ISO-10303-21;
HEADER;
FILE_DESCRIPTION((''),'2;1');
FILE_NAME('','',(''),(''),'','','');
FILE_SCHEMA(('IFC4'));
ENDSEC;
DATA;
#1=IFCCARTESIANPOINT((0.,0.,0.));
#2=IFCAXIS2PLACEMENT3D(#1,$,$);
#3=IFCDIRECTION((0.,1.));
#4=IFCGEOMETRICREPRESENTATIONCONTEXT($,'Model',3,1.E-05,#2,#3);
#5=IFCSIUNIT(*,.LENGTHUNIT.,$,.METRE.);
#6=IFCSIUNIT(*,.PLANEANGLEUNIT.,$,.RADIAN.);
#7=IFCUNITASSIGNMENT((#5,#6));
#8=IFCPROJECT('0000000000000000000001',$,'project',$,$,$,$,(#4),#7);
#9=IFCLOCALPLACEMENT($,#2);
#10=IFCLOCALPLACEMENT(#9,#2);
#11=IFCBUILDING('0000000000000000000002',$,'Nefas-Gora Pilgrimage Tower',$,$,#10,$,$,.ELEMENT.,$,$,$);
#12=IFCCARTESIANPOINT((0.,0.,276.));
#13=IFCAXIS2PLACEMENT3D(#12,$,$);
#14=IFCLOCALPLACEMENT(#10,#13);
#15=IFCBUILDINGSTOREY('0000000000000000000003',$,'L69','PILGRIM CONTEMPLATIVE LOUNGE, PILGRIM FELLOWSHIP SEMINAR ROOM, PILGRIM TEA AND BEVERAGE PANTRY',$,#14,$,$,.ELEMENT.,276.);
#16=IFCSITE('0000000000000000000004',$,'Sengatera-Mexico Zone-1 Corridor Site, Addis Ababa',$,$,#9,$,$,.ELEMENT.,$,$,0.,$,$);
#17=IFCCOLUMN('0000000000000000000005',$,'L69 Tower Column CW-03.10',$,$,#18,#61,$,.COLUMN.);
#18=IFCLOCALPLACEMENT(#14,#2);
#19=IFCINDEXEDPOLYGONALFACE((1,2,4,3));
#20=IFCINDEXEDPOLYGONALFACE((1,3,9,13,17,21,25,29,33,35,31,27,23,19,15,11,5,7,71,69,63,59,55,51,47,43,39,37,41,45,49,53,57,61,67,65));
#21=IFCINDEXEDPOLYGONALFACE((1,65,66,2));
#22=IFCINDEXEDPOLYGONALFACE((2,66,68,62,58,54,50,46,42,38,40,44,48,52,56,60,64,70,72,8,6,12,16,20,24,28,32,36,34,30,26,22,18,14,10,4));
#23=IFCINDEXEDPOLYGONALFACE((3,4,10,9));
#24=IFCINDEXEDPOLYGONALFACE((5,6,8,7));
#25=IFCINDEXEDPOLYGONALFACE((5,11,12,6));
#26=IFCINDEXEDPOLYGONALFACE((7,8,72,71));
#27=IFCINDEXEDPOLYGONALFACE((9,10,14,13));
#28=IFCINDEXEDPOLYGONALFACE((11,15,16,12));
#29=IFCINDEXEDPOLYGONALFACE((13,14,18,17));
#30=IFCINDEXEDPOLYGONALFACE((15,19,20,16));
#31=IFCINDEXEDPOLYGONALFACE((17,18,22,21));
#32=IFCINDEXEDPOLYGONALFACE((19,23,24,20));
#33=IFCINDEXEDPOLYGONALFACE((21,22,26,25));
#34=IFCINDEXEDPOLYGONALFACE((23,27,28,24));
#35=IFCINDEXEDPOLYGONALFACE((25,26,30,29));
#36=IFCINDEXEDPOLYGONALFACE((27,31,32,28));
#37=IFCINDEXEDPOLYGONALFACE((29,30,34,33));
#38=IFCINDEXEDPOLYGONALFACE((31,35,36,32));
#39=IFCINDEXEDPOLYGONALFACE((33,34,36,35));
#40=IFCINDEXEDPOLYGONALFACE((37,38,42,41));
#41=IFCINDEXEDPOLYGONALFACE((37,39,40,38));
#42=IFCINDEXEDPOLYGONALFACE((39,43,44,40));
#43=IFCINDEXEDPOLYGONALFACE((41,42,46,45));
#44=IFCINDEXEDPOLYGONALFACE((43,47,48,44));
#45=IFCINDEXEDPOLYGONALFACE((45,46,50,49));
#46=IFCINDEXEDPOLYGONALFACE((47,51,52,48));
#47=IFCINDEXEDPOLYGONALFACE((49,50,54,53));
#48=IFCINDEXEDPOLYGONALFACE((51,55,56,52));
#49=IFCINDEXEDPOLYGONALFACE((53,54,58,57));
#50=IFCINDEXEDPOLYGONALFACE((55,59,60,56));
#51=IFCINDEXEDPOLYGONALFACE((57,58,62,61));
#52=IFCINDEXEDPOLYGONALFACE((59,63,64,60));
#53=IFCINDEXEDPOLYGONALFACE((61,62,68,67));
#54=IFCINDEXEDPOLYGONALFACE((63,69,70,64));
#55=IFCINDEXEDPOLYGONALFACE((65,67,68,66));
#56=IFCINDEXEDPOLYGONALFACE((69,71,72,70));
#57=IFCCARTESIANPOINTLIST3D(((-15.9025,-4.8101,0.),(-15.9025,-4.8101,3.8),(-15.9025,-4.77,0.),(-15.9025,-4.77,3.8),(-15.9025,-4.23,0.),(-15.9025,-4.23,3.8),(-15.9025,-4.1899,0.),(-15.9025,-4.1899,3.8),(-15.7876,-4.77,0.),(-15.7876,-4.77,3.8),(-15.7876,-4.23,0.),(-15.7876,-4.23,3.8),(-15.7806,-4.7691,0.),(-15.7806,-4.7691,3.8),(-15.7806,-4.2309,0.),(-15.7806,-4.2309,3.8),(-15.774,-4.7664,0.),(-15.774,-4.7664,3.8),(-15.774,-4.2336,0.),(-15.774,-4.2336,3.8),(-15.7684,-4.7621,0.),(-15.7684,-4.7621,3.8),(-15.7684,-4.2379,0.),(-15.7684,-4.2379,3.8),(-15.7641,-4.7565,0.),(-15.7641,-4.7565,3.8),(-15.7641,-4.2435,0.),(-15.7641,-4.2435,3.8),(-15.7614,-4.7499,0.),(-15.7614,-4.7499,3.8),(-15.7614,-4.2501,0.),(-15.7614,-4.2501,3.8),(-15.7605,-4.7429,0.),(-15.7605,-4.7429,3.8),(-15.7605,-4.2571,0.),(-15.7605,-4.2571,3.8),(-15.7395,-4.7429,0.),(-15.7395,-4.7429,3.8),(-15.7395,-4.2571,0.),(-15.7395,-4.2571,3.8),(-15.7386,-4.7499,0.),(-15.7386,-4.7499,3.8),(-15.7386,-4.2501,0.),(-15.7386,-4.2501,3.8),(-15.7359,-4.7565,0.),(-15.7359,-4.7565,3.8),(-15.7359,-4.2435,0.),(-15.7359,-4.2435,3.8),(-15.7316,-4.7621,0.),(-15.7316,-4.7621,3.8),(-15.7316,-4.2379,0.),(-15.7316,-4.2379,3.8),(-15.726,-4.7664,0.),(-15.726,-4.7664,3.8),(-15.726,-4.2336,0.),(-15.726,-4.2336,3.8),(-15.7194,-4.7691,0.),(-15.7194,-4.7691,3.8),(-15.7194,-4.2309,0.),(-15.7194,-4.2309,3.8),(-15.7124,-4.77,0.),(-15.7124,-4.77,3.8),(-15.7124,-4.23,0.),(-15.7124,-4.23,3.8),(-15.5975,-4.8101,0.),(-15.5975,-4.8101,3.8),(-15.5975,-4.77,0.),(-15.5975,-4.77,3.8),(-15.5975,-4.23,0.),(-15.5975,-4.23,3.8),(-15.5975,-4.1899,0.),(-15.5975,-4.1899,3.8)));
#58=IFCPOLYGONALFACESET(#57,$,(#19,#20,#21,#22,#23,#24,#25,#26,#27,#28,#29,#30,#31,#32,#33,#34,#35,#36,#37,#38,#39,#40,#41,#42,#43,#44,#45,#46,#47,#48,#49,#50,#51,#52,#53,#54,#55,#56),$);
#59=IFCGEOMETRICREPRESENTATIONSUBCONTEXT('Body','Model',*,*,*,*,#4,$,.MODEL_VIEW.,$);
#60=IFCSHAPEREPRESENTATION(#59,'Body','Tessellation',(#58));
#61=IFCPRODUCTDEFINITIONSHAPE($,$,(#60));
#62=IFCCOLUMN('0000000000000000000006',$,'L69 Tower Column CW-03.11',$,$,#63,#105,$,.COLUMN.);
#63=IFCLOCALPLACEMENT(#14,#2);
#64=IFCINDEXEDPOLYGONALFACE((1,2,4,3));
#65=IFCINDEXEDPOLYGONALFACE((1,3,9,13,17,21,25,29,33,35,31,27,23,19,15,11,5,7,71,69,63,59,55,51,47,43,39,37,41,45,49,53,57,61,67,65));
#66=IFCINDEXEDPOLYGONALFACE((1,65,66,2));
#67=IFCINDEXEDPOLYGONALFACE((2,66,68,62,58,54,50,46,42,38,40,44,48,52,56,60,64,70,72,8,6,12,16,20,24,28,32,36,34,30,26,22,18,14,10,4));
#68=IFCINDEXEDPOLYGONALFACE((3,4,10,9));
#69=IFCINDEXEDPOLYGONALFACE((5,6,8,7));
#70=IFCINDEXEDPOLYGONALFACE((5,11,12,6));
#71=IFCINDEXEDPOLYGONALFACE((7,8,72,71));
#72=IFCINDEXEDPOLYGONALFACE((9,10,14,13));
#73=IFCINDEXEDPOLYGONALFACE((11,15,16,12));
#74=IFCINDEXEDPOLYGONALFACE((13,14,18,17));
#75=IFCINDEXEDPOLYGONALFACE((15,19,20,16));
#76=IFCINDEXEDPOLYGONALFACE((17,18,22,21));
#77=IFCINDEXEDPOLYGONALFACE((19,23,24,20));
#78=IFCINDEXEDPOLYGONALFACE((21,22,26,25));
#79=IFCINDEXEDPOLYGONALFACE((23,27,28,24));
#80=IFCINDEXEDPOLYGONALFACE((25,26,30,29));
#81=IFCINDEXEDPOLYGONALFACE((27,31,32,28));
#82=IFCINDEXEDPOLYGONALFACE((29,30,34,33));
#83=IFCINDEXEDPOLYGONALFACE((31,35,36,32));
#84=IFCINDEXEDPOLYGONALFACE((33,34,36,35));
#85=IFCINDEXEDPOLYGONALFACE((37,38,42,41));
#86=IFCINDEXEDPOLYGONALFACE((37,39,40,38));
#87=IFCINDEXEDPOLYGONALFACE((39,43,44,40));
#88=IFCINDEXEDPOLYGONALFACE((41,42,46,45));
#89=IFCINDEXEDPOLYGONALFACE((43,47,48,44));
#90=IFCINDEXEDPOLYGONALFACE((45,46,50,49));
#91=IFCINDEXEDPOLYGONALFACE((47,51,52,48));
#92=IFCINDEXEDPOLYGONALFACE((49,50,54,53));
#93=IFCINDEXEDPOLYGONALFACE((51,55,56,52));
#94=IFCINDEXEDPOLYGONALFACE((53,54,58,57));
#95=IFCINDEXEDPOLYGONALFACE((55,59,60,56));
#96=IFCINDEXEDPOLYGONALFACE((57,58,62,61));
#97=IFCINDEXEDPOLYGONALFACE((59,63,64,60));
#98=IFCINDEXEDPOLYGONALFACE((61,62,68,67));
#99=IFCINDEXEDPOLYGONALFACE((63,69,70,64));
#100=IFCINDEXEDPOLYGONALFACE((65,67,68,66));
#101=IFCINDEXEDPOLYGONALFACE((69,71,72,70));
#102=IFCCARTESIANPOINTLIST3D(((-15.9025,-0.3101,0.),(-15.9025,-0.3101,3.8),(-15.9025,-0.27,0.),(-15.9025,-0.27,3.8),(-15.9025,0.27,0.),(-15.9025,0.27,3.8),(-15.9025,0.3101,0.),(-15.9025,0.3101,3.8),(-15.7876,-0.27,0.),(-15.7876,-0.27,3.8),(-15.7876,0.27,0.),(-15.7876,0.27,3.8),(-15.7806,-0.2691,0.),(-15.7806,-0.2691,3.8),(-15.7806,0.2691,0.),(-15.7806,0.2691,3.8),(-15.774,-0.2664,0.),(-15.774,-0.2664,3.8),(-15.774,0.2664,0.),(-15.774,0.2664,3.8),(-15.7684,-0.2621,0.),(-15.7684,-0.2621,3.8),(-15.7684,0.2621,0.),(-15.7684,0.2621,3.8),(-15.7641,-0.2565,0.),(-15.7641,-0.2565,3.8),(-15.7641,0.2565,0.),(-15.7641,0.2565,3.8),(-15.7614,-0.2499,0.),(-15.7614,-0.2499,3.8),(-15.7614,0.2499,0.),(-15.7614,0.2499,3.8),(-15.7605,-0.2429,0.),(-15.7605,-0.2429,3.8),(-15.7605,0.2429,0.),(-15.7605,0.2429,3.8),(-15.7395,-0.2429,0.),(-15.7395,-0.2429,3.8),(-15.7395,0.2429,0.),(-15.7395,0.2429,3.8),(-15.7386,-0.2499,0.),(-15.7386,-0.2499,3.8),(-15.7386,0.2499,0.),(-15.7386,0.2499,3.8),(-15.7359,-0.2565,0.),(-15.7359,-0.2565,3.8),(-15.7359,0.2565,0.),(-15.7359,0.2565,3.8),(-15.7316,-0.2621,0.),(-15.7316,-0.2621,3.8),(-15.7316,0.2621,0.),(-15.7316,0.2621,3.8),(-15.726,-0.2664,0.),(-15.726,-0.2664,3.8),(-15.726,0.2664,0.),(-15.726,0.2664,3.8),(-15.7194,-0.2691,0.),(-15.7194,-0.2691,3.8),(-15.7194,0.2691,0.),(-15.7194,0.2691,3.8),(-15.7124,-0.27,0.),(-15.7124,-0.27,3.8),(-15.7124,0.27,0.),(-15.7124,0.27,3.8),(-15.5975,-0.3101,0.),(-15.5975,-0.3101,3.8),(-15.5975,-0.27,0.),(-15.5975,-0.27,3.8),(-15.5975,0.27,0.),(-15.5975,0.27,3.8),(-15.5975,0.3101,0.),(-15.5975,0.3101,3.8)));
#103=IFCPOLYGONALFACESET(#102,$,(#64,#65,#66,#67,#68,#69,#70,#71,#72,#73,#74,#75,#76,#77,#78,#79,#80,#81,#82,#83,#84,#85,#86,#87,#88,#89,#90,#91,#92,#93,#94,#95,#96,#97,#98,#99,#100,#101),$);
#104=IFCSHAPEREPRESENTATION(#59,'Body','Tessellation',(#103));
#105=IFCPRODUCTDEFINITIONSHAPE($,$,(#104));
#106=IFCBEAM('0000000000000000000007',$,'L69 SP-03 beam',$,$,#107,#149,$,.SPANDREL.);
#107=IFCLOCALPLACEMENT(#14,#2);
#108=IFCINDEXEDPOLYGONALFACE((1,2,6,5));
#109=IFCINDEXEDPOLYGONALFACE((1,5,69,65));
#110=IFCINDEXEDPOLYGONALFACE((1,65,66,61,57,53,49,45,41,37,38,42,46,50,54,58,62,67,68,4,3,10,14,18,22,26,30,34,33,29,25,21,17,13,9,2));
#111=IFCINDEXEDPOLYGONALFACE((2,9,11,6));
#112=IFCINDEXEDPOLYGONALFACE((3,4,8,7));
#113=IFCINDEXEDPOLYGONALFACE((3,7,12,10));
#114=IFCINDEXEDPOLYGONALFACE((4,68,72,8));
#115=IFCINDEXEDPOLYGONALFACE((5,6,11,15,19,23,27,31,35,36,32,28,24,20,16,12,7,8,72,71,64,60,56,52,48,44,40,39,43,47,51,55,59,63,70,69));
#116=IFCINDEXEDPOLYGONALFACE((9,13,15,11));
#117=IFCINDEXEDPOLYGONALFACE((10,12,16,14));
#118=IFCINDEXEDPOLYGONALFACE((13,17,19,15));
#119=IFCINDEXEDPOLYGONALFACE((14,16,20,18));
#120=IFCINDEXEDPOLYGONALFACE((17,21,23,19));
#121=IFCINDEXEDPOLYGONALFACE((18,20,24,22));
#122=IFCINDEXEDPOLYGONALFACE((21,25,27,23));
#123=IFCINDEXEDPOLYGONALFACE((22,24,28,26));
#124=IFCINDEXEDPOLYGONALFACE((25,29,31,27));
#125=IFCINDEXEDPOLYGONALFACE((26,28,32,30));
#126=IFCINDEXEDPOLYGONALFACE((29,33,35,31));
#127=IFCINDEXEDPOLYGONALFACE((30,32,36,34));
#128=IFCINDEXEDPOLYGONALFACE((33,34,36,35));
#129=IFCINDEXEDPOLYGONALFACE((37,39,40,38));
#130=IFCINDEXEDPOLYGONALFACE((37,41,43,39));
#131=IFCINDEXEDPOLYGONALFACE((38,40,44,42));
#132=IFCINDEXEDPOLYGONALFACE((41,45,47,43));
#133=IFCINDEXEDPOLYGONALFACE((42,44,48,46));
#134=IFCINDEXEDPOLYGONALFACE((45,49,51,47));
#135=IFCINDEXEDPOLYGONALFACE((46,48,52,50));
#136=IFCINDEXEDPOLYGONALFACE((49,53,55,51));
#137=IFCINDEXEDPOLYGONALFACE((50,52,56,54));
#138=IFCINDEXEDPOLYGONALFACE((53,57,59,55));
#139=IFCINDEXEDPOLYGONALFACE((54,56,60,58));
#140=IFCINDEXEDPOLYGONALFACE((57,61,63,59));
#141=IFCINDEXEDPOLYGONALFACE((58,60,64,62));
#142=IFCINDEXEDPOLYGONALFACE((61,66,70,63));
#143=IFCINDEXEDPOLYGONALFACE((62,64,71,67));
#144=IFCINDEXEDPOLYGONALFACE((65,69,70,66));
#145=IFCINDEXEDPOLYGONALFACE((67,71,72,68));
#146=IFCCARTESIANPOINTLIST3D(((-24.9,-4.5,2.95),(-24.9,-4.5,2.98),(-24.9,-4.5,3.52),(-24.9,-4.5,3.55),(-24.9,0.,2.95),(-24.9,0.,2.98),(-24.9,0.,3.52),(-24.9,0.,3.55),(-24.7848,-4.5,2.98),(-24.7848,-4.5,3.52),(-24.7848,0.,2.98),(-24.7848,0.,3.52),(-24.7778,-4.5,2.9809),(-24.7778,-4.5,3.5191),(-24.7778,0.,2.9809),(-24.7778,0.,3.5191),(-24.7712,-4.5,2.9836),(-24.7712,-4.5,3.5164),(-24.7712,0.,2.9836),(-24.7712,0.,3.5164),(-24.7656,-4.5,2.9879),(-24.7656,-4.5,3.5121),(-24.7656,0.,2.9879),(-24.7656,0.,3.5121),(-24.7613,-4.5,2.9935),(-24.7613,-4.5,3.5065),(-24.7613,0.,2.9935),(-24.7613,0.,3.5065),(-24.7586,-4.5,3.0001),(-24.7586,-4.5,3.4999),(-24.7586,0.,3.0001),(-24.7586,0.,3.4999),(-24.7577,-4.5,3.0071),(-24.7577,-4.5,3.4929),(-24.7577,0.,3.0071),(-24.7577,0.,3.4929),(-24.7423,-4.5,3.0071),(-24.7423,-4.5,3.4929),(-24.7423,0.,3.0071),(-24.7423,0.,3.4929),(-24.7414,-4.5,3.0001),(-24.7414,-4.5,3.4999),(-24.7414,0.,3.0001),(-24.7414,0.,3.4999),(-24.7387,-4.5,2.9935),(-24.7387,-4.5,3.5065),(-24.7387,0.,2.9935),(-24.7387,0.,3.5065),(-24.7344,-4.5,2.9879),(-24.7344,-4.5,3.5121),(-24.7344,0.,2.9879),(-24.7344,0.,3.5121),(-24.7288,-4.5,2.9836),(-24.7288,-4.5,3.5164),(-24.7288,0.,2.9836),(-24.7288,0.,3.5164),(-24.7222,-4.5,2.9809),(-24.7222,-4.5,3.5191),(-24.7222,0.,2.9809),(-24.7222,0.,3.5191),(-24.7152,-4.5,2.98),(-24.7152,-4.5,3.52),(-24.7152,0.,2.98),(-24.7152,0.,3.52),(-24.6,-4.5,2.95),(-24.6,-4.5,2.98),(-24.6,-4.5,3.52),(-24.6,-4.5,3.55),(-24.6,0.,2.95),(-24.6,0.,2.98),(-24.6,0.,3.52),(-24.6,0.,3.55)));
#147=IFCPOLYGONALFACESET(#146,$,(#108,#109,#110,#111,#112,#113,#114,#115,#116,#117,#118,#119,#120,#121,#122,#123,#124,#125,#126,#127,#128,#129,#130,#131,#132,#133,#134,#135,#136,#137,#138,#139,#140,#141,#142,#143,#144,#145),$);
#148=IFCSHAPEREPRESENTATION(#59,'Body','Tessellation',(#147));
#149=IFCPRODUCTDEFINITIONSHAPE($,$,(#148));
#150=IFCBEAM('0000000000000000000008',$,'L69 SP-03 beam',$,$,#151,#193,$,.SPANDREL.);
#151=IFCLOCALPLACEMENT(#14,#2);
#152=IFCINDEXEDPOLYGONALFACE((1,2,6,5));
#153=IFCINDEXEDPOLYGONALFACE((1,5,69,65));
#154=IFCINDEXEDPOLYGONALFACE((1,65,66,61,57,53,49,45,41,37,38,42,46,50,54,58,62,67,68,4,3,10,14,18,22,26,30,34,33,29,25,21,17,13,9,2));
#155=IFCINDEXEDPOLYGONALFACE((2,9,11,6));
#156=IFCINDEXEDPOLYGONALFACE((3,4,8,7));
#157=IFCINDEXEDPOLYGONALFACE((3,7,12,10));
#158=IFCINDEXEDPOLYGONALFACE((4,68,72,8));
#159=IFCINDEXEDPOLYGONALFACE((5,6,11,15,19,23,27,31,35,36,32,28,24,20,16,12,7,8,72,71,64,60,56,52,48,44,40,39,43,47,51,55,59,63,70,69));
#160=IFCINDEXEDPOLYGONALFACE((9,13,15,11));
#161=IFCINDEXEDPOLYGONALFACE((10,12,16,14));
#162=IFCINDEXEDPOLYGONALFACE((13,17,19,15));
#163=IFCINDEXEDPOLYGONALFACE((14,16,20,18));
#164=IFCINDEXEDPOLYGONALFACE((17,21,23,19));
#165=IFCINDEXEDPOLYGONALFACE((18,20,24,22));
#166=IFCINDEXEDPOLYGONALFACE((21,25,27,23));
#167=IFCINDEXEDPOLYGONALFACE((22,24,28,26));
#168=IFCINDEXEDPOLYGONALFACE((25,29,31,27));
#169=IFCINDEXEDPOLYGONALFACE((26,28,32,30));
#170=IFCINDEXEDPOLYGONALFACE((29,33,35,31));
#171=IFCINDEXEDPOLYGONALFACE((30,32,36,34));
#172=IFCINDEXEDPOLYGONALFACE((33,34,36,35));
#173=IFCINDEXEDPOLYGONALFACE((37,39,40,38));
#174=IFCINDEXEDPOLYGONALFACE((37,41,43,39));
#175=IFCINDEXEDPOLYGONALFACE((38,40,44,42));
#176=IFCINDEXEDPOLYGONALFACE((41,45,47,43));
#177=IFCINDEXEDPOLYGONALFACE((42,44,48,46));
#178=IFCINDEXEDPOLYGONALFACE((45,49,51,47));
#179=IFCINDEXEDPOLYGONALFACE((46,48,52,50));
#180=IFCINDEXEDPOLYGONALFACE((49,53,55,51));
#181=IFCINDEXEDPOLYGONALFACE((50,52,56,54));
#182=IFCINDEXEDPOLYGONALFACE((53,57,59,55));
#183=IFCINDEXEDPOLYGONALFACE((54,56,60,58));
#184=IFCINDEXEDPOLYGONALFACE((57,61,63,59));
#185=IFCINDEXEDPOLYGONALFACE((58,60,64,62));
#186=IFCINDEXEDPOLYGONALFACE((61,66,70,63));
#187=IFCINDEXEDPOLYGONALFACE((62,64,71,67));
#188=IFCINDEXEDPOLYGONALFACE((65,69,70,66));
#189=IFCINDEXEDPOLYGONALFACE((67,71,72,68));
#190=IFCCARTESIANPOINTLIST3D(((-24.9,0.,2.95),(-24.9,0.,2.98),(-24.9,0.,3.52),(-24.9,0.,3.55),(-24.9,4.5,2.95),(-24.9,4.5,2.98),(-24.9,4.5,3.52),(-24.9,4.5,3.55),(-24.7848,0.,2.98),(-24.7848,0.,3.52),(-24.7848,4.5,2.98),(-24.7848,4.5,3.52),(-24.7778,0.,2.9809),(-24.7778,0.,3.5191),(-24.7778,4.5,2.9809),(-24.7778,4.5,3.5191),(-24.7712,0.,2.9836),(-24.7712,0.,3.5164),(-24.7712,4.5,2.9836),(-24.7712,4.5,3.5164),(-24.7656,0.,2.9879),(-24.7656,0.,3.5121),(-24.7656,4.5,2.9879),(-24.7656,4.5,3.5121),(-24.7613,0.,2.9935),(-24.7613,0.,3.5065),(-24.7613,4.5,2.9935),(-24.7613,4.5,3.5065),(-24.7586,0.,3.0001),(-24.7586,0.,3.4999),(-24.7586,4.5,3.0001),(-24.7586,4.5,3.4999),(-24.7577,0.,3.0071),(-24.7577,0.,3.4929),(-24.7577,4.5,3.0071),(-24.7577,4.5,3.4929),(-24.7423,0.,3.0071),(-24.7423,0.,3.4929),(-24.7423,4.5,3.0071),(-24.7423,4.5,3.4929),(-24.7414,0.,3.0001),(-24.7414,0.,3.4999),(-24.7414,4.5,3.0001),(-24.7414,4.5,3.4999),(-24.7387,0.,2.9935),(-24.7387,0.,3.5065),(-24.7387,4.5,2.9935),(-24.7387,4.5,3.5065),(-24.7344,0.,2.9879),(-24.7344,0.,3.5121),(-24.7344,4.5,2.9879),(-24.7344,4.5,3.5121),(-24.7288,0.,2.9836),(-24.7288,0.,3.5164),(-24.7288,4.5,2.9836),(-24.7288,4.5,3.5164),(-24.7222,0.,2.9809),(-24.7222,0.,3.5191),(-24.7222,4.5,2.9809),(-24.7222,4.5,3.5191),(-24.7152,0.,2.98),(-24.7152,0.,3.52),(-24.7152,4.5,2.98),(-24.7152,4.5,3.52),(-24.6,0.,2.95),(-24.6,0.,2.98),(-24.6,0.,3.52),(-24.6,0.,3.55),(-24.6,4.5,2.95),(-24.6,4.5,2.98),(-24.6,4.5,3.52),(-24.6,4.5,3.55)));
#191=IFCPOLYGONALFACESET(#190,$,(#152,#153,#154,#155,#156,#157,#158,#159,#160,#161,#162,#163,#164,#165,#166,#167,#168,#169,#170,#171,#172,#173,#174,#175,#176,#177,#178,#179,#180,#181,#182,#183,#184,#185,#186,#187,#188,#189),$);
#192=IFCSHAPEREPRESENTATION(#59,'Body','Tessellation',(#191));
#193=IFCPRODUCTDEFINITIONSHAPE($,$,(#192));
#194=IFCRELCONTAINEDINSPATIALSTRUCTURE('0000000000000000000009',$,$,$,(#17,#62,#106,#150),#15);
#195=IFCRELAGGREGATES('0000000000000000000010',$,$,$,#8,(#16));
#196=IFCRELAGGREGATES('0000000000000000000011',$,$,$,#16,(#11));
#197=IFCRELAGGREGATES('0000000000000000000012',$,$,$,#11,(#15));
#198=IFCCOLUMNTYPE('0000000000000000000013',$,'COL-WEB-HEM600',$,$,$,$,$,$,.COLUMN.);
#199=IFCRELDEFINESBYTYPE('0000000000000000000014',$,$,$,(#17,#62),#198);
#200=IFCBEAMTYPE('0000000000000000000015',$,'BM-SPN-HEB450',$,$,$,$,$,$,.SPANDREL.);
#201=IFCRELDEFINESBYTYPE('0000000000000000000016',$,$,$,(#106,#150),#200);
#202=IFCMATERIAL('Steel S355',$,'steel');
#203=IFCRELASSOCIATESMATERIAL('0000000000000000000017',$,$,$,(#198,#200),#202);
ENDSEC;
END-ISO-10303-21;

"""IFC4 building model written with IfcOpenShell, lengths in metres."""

from ifc_helpers import new_model, si_unit, direction, frame, origin, origin_2d, place, context, subcontext, project, spatial, i_section, extrude, source, transform, mapped, material, material_profile, profile_set, type_object, element, save


model = new_model("IFC4")

# Units and contexts
model_context = context("Model", 3, precision=1e-05, world=origin(), true_north=direction((0.0, 1.0)))
body_context = subcontext(model_context, "Body", "Model", "MODEL_VIEW")
ifc_project = project(units=[si_unit("LENGTHUNIT", "METRE"), si_unit("PLANEANGLEUNIT", "RADIAN")], contexts=[model_context])

# Site, building, storey
site_placement = place(None, origin())
site = spatial("IfcSite", under=ifc_project, at=site_placement, Name="Sengatera-Mexico Zone-1 Corridor Site, Addis Ababa", CompositionType="ELEMENT", RefElevation=0.0)
building_placement = place(site_placement, origin())
building = spatial("IfcBuilding", under=site, at=building_placement, Name="Nefas-Gora Pilgrimage Tower", CompositionType="ELEMENT")
storey_placement = place(building_placement, frame((0.0, 0.0, 276.0)))
storey = spatial("IfcBuildingStorey", under=building, at=storey_placement, Name="L69", Description="PILGRIM CONTEMPLATIVE LOUNGE, PILGRIM FELLOWSHIP SEMINAR ROOM, PILGRIM TEA AND BEVERAGE PANTRY", CompositionType="ELEMENT", Elevation=276.0)

# Columns
ifc_material_1 = material(Name="Steel S355", Category="steel")
ifc_material_profile_1 = material_profile(ifc_material_1, i_section(OverallWidth=0.3049, OverallDepth=0.6201, WebThickness=0.021, FlangeThickness=0.04, FilletRadius=0.0271, at=origin_2d()), Name="HEM 600")
ifc_profile_set_1 = profile_set([ifc_material_profile_1], Name="Steel S355")
column_type_1 = type_object("IfcColumnType", Name="COL-WEB-HEM600", PredefinedType="COLUMN", material=ifc_profile_set_1)
shared_shape_1 = source(origin(), body_context, "Body", "SweptSolid", [
    extrude(i_section(OverallWidth=0.3049, OverallDepth=0.6201, WebThickness=0.021, FlangeThickness=0.04, FilletRadius=0.0271, at=origin_2d()), origin(), (0.0, 0.0, 1.0), 3.8),
])
for number, where, z_axis, x_axis, name in (
    (1, (-15.75, -4.5, 0.0), (0.0, 0.0, 1.0), (1.0, 0.0, 0.0), "L69 Tower Column CW-03.10"),
    (2, (-15.75, 0.0, 0.0), (0.0, 0.0, 1.0), (1.0, 0.0, 0.0), "L69 Tower Column CW-03.11"),
):
    element("IfcColumn", number, at=place(storey_placement, frame(where, z_axis=z_axis, x_axis=x_axis)), inside=storey, type_object=column_type_1, Name=name, PredefinedType="COLUMN", context=body_context, shape_type="MappedRepresentation", body=[
        mapped(shared_shape_1, transform((0.0, 0.0, 0.0), x_axis=(1.0, 0.0, 0.0), y_axis=(0.0, 1.0, 0.0), z_axis=(0.0, 0.0, 1.0), scale=1.0)),
    ])

# Beams
ifc_material_profile_2 = material_profile(ifc_material_1, i_section(OverallWidth=0.3, OverallDepth=0.6001, WebThickness=0.0154, FlangeThickness=0.03, FilletRadius=0.0271, at=origin_2d()), Name="HEB 600")
ifc_profile_set_2 = profile_set([ifc_material_profile_2], Name="Steel S355")
beam_type_1 = type_object("IfcBeamType", Name="BM-SPN-HEB450", PredefinedType="SPANDREL", material=ifc_profile_set_2)
shared_shape_2 = source(origin(), body_context, "Body", "SweptSolid", [
    extrude(i_section(OverallWidth=0.3, OverallDepth=0.6001, WebThickness=0.0154, FlangeThickness=0.03, FilletRadius=0.0271, at=origin_2d()), origin(), (0.0, 0.0, 1.0), 4.5),
])
for number, where, z_axis, x_axis, name in (
    (3, (-24.75, -4.5, 3.25), (0.0, 1.0, 0.0), (-1.0, 0.0, 0.0), "L69 SP-03 beam"),
    (4, (-24.75, 0.0, 3.25), (0.0, 1.0, 0.0), (-1.0, 0.0, 0.0), "L69 SP-03 beam"),
):
    element("IfcBeam", number, at=place(storey_placement, frame(where, z_axis=z_axis, x_axis=x_axis)), inside=storey, type_object=beam_type_1, Name=name, PredefinedType="SPANDREL", context=body_context, shape_type="MappedRepresentation", body=[
        mapped(shared_shape_2, transform((0.0, 0.0, 0.0), x_axis=(1.0, 0.0, 0.0), y_axis=(0.0, 1.0, 0.0), z_axis=(0.0, 0.0, 1.0), scale=1.0)),
    ])

save(model, "model.ifc")
